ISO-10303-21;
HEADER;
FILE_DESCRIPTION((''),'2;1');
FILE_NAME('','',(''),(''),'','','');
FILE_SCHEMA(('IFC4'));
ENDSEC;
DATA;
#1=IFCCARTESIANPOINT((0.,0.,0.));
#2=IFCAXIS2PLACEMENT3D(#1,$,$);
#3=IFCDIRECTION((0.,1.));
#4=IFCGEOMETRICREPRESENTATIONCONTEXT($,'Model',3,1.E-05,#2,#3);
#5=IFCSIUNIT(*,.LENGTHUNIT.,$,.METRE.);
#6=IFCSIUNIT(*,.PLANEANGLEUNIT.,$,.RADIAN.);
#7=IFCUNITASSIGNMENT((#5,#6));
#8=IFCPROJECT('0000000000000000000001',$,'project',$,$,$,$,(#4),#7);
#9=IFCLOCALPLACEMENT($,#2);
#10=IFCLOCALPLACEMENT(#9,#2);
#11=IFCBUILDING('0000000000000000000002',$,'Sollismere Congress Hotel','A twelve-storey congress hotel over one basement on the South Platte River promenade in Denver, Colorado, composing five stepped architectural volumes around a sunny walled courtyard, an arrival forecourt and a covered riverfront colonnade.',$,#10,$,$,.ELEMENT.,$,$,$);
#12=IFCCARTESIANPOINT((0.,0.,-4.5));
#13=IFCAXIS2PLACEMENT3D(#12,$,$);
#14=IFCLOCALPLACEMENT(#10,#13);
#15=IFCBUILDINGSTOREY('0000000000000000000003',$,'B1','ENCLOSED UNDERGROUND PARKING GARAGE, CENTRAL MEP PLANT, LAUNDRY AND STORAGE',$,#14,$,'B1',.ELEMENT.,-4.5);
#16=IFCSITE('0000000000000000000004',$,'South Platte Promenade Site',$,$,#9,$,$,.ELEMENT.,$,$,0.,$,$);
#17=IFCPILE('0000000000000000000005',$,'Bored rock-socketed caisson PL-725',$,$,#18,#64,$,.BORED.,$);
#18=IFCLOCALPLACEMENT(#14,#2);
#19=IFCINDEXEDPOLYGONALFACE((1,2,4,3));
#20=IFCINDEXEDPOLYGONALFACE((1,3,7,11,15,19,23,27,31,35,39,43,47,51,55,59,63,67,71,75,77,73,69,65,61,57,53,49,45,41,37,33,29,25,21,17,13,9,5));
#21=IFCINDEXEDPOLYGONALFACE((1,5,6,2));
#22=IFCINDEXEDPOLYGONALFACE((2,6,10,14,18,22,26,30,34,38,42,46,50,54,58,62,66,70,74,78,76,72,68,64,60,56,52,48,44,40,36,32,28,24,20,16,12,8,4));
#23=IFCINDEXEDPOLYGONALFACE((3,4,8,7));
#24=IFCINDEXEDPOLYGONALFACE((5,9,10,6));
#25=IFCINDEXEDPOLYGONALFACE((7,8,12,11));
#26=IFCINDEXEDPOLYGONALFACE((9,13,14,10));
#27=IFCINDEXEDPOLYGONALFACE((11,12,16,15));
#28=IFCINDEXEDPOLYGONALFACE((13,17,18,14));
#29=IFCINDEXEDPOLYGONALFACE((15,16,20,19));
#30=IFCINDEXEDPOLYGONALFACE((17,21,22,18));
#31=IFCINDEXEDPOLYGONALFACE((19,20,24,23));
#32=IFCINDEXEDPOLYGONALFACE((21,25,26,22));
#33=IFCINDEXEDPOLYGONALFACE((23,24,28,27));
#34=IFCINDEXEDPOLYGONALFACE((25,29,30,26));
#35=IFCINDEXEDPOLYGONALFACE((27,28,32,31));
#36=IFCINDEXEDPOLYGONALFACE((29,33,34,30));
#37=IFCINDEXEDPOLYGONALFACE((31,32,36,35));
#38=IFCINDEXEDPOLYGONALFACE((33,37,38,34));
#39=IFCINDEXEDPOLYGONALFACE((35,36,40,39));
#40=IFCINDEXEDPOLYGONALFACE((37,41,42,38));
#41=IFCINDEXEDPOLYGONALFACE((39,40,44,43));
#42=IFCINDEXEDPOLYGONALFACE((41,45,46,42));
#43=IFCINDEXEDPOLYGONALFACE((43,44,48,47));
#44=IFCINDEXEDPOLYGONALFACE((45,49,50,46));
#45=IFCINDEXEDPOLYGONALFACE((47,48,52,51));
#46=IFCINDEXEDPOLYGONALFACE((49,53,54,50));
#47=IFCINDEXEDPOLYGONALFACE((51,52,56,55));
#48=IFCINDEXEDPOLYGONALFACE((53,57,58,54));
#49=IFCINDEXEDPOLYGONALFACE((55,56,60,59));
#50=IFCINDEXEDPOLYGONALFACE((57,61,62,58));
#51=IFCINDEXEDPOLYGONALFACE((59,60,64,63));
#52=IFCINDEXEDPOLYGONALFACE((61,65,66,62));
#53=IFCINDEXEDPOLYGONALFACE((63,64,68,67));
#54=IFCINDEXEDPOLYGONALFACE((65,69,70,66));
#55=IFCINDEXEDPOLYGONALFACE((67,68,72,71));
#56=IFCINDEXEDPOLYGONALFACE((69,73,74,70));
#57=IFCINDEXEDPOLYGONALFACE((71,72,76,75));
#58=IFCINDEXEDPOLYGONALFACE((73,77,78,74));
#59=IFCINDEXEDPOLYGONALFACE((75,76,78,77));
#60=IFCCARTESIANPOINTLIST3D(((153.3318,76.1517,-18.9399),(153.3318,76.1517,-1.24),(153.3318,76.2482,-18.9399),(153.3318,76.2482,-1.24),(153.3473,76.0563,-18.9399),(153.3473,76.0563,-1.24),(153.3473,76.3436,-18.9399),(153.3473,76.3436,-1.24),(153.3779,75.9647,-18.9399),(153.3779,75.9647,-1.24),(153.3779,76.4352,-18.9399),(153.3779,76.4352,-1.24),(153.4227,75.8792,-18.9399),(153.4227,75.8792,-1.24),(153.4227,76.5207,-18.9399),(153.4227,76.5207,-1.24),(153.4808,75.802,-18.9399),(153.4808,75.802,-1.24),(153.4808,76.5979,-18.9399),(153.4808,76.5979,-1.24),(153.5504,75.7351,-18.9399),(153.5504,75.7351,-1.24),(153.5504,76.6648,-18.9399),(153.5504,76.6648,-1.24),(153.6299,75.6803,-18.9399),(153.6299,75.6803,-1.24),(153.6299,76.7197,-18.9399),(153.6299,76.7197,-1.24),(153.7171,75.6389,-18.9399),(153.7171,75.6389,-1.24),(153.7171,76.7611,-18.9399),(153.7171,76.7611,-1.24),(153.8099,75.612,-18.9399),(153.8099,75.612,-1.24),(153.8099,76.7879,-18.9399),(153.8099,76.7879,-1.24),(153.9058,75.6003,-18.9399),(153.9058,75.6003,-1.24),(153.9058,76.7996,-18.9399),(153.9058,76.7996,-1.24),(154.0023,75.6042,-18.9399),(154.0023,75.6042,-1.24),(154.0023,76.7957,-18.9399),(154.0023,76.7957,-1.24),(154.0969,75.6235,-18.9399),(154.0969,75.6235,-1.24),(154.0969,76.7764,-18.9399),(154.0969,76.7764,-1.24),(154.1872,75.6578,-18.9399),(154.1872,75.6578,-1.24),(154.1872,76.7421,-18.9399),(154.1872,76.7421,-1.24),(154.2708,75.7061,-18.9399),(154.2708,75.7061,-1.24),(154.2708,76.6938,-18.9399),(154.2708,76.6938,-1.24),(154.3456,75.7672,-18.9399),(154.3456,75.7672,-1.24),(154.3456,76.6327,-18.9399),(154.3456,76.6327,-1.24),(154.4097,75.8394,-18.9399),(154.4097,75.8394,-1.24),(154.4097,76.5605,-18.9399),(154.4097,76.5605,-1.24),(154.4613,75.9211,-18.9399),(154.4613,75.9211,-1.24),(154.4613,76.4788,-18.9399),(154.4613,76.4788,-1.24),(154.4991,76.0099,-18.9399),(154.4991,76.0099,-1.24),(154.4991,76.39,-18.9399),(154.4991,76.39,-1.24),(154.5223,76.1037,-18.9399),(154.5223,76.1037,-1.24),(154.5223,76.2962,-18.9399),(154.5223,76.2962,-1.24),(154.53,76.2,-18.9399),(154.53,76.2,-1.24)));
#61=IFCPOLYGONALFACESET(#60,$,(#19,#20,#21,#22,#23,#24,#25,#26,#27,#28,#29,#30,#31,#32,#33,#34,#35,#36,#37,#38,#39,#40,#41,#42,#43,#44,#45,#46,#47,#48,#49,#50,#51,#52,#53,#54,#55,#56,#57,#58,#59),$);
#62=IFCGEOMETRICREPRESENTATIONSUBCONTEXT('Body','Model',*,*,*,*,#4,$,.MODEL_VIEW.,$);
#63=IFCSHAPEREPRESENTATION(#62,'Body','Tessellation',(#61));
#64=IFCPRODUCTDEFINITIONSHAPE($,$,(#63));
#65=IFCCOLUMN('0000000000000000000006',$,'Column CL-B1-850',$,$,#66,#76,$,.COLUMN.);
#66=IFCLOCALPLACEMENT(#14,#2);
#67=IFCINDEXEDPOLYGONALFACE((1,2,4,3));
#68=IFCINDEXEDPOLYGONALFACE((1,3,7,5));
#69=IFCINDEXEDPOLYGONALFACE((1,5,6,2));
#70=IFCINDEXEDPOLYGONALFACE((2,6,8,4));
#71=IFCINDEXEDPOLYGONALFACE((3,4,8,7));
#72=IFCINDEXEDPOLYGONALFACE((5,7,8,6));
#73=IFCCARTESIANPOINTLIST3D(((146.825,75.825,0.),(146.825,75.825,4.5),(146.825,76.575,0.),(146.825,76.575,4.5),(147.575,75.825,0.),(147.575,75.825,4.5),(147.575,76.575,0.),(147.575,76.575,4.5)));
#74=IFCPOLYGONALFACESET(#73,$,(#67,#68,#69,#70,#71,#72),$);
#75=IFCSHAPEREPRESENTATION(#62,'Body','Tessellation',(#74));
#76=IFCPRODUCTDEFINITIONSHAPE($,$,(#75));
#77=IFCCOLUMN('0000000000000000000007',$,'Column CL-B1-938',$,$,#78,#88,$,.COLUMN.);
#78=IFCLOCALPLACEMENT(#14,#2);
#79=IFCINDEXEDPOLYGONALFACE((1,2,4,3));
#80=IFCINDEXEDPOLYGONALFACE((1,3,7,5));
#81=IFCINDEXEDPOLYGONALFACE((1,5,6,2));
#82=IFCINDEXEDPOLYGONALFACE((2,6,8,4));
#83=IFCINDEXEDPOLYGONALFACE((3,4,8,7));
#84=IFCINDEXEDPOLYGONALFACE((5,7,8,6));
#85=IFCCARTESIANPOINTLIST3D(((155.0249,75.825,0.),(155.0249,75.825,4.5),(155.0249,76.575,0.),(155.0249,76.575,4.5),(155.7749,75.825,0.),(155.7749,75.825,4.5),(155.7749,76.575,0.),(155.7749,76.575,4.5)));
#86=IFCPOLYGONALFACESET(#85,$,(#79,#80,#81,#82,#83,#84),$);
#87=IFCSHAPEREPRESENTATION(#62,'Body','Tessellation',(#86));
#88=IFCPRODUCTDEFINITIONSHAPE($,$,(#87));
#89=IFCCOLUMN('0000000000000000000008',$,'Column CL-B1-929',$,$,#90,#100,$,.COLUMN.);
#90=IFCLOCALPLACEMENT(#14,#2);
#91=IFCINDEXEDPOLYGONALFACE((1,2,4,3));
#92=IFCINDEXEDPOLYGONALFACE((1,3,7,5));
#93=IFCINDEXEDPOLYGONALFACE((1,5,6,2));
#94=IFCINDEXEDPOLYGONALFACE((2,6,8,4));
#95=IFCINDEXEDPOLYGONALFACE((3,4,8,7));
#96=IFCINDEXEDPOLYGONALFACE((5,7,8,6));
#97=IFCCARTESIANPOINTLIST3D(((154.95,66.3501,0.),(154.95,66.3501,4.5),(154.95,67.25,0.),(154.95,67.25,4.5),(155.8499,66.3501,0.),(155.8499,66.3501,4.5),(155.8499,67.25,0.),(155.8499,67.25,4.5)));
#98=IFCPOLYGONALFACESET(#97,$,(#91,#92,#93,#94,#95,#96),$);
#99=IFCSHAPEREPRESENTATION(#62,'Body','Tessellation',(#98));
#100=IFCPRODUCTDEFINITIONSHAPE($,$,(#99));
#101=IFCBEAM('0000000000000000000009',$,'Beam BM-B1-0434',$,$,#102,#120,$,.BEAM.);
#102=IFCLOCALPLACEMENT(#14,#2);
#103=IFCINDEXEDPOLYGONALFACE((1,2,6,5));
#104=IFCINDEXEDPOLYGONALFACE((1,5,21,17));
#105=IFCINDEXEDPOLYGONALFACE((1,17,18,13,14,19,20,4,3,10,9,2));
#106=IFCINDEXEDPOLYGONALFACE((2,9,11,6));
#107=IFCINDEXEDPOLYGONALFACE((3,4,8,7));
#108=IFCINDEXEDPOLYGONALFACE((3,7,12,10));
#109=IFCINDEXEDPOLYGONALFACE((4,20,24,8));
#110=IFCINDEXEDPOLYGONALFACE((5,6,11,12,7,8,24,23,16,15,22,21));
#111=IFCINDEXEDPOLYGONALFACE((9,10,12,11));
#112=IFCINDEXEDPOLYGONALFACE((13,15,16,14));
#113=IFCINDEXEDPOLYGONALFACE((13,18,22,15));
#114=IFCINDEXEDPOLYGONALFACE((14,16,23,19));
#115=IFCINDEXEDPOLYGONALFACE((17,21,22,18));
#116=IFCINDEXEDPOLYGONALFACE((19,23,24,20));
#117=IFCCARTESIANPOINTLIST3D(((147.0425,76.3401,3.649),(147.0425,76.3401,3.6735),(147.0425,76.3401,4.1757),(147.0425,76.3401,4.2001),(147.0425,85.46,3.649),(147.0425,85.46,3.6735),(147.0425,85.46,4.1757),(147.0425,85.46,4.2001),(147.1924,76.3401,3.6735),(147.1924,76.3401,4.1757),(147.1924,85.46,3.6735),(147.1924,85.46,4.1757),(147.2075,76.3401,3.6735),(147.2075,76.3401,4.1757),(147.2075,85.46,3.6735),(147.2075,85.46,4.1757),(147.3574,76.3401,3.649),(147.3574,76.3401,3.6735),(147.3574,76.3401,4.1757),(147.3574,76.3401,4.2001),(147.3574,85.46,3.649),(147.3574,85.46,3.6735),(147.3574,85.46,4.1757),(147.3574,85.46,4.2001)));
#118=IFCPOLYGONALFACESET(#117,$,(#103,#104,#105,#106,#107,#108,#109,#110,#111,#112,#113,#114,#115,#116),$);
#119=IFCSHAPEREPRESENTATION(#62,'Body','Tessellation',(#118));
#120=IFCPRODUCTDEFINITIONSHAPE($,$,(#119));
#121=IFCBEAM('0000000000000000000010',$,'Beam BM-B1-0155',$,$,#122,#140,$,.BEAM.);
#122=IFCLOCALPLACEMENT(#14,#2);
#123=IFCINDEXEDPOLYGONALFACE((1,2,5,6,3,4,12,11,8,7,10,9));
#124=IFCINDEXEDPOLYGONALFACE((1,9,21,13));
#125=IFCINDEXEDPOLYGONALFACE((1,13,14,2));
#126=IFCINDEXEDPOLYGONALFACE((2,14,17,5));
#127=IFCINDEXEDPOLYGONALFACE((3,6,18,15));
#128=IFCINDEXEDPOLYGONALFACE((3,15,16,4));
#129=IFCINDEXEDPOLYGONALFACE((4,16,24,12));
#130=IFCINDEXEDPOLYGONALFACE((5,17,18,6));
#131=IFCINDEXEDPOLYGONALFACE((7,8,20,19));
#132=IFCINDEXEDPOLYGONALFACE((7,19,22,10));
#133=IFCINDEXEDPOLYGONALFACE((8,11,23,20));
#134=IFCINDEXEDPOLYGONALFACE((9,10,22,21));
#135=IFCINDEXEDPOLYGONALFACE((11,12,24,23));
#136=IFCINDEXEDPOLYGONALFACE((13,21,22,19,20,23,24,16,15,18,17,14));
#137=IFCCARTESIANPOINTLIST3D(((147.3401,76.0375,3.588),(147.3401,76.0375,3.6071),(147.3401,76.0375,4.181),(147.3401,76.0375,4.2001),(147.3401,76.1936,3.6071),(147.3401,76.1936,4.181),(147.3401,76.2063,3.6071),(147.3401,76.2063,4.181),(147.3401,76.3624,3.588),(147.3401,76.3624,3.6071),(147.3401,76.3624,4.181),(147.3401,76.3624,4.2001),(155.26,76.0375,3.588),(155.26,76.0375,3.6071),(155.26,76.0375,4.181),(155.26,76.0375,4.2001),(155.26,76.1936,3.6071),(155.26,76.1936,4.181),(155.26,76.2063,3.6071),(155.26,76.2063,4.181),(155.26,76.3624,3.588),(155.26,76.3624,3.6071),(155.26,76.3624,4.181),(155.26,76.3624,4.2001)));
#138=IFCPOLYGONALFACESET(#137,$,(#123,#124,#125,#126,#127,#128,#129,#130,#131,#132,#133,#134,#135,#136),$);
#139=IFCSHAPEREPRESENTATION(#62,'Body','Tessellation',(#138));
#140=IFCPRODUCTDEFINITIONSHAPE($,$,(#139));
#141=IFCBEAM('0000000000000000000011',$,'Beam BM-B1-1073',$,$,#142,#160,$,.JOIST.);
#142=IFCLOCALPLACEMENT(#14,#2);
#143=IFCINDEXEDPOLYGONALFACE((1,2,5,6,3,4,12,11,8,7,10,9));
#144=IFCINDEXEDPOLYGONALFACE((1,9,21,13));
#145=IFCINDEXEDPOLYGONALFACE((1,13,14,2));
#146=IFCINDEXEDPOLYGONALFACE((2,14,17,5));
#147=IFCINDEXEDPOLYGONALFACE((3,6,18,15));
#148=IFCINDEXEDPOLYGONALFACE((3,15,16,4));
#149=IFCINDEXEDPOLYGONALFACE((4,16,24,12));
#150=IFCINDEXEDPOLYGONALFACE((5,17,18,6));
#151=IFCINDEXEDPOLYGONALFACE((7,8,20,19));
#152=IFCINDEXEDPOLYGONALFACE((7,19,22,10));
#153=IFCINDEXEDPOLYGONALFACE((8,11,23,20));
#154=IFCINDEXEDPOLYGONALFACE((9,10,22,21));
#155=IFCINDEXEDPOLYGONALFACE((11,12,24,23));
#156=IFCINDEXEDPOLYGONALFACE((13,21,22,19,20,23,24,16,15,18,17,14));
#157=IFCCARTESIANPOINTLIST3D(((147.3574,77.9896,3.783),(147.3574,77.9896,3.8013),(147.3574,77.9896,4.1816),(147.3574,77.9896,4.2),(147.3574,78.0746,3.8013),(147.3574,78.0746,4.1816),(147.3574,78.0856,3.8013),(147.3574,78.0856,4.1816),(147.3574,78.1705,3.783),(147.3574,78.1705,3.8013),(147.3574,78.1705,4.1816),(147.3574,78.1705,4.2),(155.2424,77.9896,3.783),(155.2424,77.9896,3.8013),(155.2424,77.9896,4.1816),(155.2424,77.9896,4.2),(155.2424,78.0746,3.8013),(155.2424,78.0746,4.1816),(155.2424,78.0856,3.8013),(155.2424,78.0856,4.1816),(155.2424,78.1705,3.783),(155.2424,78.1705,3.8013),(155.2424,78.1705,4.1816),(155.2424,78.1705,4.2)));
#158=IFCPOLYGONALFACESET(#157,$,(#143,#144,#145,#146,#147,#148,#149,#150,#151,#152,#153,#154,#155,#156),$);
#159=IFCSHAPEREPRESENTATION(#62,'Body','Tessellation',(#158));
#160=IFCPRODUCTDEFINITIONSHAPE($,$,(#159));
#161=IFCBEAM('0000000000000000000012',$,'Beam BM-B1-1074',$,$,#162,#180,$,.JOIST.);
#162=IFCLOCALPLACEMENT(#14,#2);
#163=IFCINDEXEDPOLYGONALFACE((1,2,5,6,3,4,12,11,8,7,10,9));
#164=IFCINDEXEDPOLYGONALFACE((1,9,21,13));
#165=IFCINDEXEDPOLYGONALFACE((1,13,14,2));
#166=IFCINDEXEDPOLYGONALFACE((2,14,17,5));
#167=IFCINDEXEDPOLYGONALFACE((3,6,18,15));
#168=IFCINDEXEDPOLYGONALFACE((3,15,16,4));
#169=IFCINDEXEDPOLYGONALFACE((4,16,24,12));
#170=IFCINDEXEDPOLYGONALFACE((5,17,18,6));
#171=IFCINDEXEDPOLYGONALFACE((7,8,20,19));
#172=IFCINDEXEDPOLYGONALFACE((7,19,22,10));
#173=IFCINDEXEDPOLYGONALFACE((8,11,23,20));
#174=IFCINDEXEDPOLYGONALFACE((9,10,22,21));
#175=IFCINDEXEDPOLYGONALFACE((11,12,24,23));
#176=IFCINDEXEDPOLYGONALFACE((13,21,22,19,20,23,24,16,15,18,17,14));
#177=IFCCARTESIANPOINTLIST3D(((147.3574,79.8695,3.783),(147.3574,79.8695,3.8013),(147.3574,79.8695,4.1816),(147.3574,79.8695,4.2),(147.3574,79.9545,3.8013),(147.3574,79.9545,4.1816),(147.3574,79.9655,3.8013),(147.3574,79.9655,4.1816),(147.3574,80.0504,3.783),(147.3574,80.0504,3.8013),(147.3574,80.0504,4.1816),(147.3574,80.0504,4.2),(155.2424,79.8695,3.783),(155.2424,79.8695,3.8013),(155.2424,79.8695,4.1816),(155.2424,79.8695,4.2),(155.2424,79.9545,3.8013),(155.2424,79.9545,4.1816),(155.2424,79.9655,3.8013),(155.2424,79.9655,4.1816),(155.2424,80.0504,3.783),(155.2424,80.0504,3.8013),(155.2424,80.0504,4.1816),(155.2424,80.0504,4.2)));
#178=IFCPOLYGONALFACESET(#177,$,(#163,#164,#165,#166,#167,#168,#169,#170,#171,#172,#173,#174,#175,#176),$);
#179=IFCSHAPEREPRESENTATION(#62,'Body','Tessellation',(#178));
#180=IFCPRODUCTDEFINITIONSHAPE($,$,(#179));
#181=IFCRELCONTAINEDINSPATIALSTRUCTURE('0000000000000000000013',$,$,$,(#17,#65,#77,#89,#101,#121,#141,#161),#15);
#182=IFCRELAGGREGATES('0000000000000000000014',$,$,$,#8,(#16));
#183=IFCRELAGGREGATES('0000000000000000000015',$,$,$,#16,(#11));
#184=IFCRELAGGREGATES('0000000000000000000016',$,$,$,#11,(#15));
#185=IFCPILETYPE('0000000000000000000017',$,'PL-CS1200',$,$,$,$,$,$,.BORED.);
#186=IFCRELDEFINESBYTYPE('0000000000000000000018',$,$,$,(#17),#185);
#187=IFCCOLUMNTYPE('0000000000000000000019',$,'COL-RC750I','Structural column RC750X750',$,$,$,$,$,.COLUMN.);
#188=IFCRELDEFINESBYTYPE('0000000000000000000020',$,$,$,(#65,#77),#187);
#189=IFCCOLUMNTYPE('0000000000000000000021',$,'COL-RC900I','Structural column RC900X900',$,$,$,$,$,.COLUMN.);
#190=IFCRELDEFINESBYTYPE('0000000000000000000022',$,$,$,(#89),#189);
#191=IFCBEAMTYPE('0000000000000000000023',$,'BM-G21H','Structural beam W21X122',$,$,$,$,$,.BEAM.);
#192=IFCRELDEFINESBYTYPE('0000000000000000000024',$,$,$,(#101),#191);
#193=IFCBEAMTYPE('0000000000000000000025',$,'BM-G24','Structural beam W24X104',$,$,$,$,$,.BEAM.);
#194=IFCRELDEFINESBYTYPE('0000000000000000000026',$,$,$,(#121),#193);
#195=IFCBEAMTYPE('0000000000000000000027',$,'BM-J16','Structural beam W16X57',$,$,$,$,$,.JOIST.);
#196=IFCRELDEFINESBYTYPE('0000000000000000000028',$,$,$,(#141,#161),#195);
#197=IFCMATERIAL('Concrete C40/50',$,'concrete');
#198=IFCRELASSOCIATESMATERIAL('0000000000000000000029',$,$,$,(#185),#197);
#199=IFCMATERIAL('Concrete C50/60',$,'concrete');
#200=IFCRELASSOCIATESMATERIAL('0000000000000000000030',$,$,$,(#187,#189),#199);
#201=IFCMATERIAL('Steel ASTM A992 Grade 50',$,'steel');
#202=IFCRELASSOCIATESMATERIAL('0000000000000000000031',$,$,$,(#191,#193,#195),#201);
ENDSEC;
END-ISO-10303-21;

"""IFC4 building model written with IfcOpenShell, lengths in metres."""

from ifc_helpers import new_model, si_unit, direction, frame, origin, origin_2d, place, context, subcontext, project, spatial, rectangle, circle, i_section, extrude, material, material_profile, profile_set, type_object, element, save


model = new_model("IFC4")

# Units and contexts
model_context = context("Model", 3, precision=1e-05, world=origin(), true_north=direction((0.0, 1.0)))
body_context = subcontext(model_context, "Body", "Model", "MODEL_VIEW")
ifc_project = project(units=[si_unit("LENGTHUNIT", "METRE"), si_unit("PLANEANGLEUNIT", "RADIAN")], contexts=[model_context])

# Site, building, storey
site_placement = place(None, origin())
site = spatial("IfcSite", under=ifc_project, at=site_placement, Name="South Platte Promenade Site", CompositionType="ELEMENT", RefElevation=0.0)
building_placement = place(site_placement, origin())
building = spatial("IfcBuilding", under=site, at=building_placement, Name="Sollismere Congress Hotel", Description="A twelve-storey congress hotel over one basement on the South Platte River promenade in Denver, Colorado, composing five stepped architectural volumes around a sunny walled courtyard, an arrival forecourt and a covered riverfront colonnade.", CompositionType="ELEMENT")
storey_placement = place(building_placement, frame((0.0, 0.0, -4.5)))
storey = spatial("IfcBuildingStorey", under=building, at=storey_placement, Name="B1", Description="ENCLOSED UNDERGROUND PARKING GARAGE, CENTRAL MEP PLANT, LAUNDRY AND STORAGE", LongName="B1", CompositionType="ELEMENT", Elevation=-4.5)

# Shared definitions
ifc_material_1 = material(Name="Concrete C40/50", Category="concrete")

# Pile
ifc_material_profile_1 = material_profile(ifc_material_1, circle(Radius=0.6001, at=origin_2d()), Name="CAISSON1200")
ifc_profile_set_1 = profile_set([ifc_material_profile_1], Name="Concrete C40/50")
pile_type = type_object("IfcPileType", Name="PL-CS1200", PredefinedType="BORED", material=ifc_profile_set_1)
pile_1_placement = place(storey_placement, frame((153.9299, 76.2, -1.24), z_axis=(0.0, 0.0, -1.0), x_axis=(1.0, 0.0, 0.0)))
element("IfcPile", 1, at=pile_1_placement, inside=storey, type_object=pile_type, Name="Bored rock-socketed caisson PL-725", PredefinedType="BORED", context=body_context, shape_type="SweptSolid", body=[
    extrude(circle(Radius=0.6001, at=origin_2d()), origin(), (0.0, 0.0, 1.0), 17.7),
])

# Columns
ifc_material_2 = material(Name="Concrete C50/60", Category="concrete")
ifc_material_profile_2 = material_profile(ifc_material_2, rectangle(XDim=0.75, YDim=0.75, at=origin_2d()), Name="RC750X750")
ifc_profile_set_2 = profile_set([ifc_material_profile_2], Name="Concrete C50/60")
column_type_1 = type_object("IfcColumnType", Name="COL-RC750I", Description="Structural column RC750X750", PredefinedType="COLUMN", material=ifc_profile_set_2)
for number, where, z_axis, x_axis, name in (
    (2, (147.2, 76.2, 0.0), (0.0, 0.0, 1.0), (1.0, 0.0, 0.0), "Column CL-B1-850"),
    (3, (155.3999, 76.2, 0.0), (0.0, 0.0, 1.0), (1.0, 0.0, 0.0), "Column CL-B1-938"),
):
    element("IfcColumn", number, at=place(storey_placement, frame(where, z_axis=z_axis, x_axis=x_axis)), inside=storey, type_object=column_type_1, Name=name, PredefinedType="COLUMN", context=body_context, shape_type="SweptSolid", body=[
        extrude(rectangle(XDim=0.75, YDim=0.75, at=origin_2d()), origin(), (0.0, 0.0, 1.0), 4.5),
    ])
ifc_material_profile_3 = material_profile(ifc_material_2, rectangle(XDim=0.8999, YDim=0.8999, at=origin_2d()), Name="RC900X900")
ifc_profile_set_3 = profile_set([ifc_material_profile_3], Name="Concrete C50/60")
column_type_2 = type_object("IfcColumnType", Name="COL-RC900I", Description="Structural column RC900X900", PredefinedType="COLUMN", material=ifc_profile_set_3)
column_placement = place(storey_placement, frame((155.3999, 66.8, 0.0), z_axis=(0.0, 0.0, 1.0), x_axis=(0.0, 1.0, 0.0)))
element("IfcColumn", 4, at=column_placement, inside=storey, type_object=column_type_2, Name="Column CL-B1-929", PredefinedType="COLUMN", context=body_context, shape_type="SweptSolid", body=[
    extrude(rectangle(XDim=0.8999, YDim=0.8999, at=origin_2d()), origin(), (0.0, 0.0, 1.0), 4.5),
])

# Beams
ifc_material_3 = material(Name="Steel ASTM A992 Grade 50", Category="steel")
ifc_material_profile_4 = material_profile(ifc_material_3, i_section(OverallWidth=0.3149, OverallDepth=0.551, WebThickness=0.0151, FlangeThickness=0.0244, at=origin_2d()), Name="W21X122")
ifc_profile_set_4 = profile_set([ifc_material_profile_4], Name="Steel ASTM A992 Grade 50")
beam_type_1 = type_object("IfcBeamType", Name="BM-G21H", Description="Structural beam W21X122", PredefinedType="BEAM", material=ifc_profile_set_4)
beam_1_placement = place(storey_placement, frame((147.2, 76.3401, 3.9246), z_axis=(0.0, 1.0, 0.0), x_axis=(-1.0, 0.0, 0.0)))
element("IfcBeam", 5, at=beam_1_placement, inside=storey, type_object=beam_type_1, Name="Beam BM-B1-0434", PredefinedType="BEAM", context=body_context, shape_type="SweptSolid", body=[
    extrude(i_section(OverallWidth=0.3149, OverallDepth=0.551, WebThickness=0.0151, FlangeThickness=0.0244, at=origin_2d()), origin(), (0.0, 0.0, 1.0), 9.1199),
])
ifc_material_profile_5 = material_profile(ifc_material_3, i_section(OverallWidth=0.325, OverallDepth=0.6121, WebThickness=0.0127, FlangeThickness=0.019, at=origin_2d()), Name="W24X104")
ifc_profile_set_5 = profile_set([ifc_material_profile_5], Name="Steel ASTM A992 Grade 50")
beam_type_2 = type_object("IfcBeamType", Name="BM-G24", Description="Structural beam W24X104", PredefinedType="BEAM", material=ifc_profile_set_5)
beam_2_placement = place(storey_placement, frame((147.3401, 76.2, 3.894), z_axis=(1.0, 0.0, 0.0), x_axis=(0.0, 1.0, 0.0)))
element("IfcBeam", 6, at=beam_2_placement, inside=storey, type_object=beam_type_2, Name="Beam BM-B1-0155", PredefinedType="BEAM", context=body_context, shape_type="SweptSolid", body=[
    extrude(i_section(OverallWidth=0.325, OverallDepth=0.6121, WebThickness=0.0127, FlangeThickness=0.019, at=origin_2d()), origin(), (0.0, 0.0, 1.0), 7.9199),
])
ifc_material_profile_6 = material_profile(ifc_material_3, i_section(OverallWidth=0.1809, OverallDepth=0.417, WebThickness=0.011, FlangeThickness=0.0183, at=origin_2d()), Name="W16X57")
ifc_profile_set_6 = profile_set([ifc_material_profile_6], Name="Steel ASTM A992 Grade 50")
beam_type_3 = type_object("IfcBeamType", Name="BM-J16", Description="Structural beam W16X57", PredefinedType="JOIST", material=ifc_profile_set_6)
for number, where, z_axis, x_axis, name in (
    (7, (147.3574, 78.0801, 3.9915), (1.0, 0.0, 0.0), (0.0, 1.0, 0.0), "Beam BM-B1-1073"),
    (8, (147.3574, 79.96, 3.9915), (1.0, 0.0, 0.0), (0.0, 1.0, 0.0), "Beam BM-B1-1074"),
):
    element("IfcBeam", number, at=place(storey_placement, frame(where, z_axis=z_axis, x_axis=x_axis)), inside=storey, type_object=beam_type_3, Name=name, PredefinedType="JOIST", context=body_context, shape_type="SweptSolid", body=[
        extrude(i_section(OverallWidth=0.1809, OverallDepth=0.417, WebThickness=0.011, FlangeThickness=0.0183, at=origin_2d()), origin(), (0.0, 0.0, 1.0), 7.885),
    ])

save(model, "model.ifc")
